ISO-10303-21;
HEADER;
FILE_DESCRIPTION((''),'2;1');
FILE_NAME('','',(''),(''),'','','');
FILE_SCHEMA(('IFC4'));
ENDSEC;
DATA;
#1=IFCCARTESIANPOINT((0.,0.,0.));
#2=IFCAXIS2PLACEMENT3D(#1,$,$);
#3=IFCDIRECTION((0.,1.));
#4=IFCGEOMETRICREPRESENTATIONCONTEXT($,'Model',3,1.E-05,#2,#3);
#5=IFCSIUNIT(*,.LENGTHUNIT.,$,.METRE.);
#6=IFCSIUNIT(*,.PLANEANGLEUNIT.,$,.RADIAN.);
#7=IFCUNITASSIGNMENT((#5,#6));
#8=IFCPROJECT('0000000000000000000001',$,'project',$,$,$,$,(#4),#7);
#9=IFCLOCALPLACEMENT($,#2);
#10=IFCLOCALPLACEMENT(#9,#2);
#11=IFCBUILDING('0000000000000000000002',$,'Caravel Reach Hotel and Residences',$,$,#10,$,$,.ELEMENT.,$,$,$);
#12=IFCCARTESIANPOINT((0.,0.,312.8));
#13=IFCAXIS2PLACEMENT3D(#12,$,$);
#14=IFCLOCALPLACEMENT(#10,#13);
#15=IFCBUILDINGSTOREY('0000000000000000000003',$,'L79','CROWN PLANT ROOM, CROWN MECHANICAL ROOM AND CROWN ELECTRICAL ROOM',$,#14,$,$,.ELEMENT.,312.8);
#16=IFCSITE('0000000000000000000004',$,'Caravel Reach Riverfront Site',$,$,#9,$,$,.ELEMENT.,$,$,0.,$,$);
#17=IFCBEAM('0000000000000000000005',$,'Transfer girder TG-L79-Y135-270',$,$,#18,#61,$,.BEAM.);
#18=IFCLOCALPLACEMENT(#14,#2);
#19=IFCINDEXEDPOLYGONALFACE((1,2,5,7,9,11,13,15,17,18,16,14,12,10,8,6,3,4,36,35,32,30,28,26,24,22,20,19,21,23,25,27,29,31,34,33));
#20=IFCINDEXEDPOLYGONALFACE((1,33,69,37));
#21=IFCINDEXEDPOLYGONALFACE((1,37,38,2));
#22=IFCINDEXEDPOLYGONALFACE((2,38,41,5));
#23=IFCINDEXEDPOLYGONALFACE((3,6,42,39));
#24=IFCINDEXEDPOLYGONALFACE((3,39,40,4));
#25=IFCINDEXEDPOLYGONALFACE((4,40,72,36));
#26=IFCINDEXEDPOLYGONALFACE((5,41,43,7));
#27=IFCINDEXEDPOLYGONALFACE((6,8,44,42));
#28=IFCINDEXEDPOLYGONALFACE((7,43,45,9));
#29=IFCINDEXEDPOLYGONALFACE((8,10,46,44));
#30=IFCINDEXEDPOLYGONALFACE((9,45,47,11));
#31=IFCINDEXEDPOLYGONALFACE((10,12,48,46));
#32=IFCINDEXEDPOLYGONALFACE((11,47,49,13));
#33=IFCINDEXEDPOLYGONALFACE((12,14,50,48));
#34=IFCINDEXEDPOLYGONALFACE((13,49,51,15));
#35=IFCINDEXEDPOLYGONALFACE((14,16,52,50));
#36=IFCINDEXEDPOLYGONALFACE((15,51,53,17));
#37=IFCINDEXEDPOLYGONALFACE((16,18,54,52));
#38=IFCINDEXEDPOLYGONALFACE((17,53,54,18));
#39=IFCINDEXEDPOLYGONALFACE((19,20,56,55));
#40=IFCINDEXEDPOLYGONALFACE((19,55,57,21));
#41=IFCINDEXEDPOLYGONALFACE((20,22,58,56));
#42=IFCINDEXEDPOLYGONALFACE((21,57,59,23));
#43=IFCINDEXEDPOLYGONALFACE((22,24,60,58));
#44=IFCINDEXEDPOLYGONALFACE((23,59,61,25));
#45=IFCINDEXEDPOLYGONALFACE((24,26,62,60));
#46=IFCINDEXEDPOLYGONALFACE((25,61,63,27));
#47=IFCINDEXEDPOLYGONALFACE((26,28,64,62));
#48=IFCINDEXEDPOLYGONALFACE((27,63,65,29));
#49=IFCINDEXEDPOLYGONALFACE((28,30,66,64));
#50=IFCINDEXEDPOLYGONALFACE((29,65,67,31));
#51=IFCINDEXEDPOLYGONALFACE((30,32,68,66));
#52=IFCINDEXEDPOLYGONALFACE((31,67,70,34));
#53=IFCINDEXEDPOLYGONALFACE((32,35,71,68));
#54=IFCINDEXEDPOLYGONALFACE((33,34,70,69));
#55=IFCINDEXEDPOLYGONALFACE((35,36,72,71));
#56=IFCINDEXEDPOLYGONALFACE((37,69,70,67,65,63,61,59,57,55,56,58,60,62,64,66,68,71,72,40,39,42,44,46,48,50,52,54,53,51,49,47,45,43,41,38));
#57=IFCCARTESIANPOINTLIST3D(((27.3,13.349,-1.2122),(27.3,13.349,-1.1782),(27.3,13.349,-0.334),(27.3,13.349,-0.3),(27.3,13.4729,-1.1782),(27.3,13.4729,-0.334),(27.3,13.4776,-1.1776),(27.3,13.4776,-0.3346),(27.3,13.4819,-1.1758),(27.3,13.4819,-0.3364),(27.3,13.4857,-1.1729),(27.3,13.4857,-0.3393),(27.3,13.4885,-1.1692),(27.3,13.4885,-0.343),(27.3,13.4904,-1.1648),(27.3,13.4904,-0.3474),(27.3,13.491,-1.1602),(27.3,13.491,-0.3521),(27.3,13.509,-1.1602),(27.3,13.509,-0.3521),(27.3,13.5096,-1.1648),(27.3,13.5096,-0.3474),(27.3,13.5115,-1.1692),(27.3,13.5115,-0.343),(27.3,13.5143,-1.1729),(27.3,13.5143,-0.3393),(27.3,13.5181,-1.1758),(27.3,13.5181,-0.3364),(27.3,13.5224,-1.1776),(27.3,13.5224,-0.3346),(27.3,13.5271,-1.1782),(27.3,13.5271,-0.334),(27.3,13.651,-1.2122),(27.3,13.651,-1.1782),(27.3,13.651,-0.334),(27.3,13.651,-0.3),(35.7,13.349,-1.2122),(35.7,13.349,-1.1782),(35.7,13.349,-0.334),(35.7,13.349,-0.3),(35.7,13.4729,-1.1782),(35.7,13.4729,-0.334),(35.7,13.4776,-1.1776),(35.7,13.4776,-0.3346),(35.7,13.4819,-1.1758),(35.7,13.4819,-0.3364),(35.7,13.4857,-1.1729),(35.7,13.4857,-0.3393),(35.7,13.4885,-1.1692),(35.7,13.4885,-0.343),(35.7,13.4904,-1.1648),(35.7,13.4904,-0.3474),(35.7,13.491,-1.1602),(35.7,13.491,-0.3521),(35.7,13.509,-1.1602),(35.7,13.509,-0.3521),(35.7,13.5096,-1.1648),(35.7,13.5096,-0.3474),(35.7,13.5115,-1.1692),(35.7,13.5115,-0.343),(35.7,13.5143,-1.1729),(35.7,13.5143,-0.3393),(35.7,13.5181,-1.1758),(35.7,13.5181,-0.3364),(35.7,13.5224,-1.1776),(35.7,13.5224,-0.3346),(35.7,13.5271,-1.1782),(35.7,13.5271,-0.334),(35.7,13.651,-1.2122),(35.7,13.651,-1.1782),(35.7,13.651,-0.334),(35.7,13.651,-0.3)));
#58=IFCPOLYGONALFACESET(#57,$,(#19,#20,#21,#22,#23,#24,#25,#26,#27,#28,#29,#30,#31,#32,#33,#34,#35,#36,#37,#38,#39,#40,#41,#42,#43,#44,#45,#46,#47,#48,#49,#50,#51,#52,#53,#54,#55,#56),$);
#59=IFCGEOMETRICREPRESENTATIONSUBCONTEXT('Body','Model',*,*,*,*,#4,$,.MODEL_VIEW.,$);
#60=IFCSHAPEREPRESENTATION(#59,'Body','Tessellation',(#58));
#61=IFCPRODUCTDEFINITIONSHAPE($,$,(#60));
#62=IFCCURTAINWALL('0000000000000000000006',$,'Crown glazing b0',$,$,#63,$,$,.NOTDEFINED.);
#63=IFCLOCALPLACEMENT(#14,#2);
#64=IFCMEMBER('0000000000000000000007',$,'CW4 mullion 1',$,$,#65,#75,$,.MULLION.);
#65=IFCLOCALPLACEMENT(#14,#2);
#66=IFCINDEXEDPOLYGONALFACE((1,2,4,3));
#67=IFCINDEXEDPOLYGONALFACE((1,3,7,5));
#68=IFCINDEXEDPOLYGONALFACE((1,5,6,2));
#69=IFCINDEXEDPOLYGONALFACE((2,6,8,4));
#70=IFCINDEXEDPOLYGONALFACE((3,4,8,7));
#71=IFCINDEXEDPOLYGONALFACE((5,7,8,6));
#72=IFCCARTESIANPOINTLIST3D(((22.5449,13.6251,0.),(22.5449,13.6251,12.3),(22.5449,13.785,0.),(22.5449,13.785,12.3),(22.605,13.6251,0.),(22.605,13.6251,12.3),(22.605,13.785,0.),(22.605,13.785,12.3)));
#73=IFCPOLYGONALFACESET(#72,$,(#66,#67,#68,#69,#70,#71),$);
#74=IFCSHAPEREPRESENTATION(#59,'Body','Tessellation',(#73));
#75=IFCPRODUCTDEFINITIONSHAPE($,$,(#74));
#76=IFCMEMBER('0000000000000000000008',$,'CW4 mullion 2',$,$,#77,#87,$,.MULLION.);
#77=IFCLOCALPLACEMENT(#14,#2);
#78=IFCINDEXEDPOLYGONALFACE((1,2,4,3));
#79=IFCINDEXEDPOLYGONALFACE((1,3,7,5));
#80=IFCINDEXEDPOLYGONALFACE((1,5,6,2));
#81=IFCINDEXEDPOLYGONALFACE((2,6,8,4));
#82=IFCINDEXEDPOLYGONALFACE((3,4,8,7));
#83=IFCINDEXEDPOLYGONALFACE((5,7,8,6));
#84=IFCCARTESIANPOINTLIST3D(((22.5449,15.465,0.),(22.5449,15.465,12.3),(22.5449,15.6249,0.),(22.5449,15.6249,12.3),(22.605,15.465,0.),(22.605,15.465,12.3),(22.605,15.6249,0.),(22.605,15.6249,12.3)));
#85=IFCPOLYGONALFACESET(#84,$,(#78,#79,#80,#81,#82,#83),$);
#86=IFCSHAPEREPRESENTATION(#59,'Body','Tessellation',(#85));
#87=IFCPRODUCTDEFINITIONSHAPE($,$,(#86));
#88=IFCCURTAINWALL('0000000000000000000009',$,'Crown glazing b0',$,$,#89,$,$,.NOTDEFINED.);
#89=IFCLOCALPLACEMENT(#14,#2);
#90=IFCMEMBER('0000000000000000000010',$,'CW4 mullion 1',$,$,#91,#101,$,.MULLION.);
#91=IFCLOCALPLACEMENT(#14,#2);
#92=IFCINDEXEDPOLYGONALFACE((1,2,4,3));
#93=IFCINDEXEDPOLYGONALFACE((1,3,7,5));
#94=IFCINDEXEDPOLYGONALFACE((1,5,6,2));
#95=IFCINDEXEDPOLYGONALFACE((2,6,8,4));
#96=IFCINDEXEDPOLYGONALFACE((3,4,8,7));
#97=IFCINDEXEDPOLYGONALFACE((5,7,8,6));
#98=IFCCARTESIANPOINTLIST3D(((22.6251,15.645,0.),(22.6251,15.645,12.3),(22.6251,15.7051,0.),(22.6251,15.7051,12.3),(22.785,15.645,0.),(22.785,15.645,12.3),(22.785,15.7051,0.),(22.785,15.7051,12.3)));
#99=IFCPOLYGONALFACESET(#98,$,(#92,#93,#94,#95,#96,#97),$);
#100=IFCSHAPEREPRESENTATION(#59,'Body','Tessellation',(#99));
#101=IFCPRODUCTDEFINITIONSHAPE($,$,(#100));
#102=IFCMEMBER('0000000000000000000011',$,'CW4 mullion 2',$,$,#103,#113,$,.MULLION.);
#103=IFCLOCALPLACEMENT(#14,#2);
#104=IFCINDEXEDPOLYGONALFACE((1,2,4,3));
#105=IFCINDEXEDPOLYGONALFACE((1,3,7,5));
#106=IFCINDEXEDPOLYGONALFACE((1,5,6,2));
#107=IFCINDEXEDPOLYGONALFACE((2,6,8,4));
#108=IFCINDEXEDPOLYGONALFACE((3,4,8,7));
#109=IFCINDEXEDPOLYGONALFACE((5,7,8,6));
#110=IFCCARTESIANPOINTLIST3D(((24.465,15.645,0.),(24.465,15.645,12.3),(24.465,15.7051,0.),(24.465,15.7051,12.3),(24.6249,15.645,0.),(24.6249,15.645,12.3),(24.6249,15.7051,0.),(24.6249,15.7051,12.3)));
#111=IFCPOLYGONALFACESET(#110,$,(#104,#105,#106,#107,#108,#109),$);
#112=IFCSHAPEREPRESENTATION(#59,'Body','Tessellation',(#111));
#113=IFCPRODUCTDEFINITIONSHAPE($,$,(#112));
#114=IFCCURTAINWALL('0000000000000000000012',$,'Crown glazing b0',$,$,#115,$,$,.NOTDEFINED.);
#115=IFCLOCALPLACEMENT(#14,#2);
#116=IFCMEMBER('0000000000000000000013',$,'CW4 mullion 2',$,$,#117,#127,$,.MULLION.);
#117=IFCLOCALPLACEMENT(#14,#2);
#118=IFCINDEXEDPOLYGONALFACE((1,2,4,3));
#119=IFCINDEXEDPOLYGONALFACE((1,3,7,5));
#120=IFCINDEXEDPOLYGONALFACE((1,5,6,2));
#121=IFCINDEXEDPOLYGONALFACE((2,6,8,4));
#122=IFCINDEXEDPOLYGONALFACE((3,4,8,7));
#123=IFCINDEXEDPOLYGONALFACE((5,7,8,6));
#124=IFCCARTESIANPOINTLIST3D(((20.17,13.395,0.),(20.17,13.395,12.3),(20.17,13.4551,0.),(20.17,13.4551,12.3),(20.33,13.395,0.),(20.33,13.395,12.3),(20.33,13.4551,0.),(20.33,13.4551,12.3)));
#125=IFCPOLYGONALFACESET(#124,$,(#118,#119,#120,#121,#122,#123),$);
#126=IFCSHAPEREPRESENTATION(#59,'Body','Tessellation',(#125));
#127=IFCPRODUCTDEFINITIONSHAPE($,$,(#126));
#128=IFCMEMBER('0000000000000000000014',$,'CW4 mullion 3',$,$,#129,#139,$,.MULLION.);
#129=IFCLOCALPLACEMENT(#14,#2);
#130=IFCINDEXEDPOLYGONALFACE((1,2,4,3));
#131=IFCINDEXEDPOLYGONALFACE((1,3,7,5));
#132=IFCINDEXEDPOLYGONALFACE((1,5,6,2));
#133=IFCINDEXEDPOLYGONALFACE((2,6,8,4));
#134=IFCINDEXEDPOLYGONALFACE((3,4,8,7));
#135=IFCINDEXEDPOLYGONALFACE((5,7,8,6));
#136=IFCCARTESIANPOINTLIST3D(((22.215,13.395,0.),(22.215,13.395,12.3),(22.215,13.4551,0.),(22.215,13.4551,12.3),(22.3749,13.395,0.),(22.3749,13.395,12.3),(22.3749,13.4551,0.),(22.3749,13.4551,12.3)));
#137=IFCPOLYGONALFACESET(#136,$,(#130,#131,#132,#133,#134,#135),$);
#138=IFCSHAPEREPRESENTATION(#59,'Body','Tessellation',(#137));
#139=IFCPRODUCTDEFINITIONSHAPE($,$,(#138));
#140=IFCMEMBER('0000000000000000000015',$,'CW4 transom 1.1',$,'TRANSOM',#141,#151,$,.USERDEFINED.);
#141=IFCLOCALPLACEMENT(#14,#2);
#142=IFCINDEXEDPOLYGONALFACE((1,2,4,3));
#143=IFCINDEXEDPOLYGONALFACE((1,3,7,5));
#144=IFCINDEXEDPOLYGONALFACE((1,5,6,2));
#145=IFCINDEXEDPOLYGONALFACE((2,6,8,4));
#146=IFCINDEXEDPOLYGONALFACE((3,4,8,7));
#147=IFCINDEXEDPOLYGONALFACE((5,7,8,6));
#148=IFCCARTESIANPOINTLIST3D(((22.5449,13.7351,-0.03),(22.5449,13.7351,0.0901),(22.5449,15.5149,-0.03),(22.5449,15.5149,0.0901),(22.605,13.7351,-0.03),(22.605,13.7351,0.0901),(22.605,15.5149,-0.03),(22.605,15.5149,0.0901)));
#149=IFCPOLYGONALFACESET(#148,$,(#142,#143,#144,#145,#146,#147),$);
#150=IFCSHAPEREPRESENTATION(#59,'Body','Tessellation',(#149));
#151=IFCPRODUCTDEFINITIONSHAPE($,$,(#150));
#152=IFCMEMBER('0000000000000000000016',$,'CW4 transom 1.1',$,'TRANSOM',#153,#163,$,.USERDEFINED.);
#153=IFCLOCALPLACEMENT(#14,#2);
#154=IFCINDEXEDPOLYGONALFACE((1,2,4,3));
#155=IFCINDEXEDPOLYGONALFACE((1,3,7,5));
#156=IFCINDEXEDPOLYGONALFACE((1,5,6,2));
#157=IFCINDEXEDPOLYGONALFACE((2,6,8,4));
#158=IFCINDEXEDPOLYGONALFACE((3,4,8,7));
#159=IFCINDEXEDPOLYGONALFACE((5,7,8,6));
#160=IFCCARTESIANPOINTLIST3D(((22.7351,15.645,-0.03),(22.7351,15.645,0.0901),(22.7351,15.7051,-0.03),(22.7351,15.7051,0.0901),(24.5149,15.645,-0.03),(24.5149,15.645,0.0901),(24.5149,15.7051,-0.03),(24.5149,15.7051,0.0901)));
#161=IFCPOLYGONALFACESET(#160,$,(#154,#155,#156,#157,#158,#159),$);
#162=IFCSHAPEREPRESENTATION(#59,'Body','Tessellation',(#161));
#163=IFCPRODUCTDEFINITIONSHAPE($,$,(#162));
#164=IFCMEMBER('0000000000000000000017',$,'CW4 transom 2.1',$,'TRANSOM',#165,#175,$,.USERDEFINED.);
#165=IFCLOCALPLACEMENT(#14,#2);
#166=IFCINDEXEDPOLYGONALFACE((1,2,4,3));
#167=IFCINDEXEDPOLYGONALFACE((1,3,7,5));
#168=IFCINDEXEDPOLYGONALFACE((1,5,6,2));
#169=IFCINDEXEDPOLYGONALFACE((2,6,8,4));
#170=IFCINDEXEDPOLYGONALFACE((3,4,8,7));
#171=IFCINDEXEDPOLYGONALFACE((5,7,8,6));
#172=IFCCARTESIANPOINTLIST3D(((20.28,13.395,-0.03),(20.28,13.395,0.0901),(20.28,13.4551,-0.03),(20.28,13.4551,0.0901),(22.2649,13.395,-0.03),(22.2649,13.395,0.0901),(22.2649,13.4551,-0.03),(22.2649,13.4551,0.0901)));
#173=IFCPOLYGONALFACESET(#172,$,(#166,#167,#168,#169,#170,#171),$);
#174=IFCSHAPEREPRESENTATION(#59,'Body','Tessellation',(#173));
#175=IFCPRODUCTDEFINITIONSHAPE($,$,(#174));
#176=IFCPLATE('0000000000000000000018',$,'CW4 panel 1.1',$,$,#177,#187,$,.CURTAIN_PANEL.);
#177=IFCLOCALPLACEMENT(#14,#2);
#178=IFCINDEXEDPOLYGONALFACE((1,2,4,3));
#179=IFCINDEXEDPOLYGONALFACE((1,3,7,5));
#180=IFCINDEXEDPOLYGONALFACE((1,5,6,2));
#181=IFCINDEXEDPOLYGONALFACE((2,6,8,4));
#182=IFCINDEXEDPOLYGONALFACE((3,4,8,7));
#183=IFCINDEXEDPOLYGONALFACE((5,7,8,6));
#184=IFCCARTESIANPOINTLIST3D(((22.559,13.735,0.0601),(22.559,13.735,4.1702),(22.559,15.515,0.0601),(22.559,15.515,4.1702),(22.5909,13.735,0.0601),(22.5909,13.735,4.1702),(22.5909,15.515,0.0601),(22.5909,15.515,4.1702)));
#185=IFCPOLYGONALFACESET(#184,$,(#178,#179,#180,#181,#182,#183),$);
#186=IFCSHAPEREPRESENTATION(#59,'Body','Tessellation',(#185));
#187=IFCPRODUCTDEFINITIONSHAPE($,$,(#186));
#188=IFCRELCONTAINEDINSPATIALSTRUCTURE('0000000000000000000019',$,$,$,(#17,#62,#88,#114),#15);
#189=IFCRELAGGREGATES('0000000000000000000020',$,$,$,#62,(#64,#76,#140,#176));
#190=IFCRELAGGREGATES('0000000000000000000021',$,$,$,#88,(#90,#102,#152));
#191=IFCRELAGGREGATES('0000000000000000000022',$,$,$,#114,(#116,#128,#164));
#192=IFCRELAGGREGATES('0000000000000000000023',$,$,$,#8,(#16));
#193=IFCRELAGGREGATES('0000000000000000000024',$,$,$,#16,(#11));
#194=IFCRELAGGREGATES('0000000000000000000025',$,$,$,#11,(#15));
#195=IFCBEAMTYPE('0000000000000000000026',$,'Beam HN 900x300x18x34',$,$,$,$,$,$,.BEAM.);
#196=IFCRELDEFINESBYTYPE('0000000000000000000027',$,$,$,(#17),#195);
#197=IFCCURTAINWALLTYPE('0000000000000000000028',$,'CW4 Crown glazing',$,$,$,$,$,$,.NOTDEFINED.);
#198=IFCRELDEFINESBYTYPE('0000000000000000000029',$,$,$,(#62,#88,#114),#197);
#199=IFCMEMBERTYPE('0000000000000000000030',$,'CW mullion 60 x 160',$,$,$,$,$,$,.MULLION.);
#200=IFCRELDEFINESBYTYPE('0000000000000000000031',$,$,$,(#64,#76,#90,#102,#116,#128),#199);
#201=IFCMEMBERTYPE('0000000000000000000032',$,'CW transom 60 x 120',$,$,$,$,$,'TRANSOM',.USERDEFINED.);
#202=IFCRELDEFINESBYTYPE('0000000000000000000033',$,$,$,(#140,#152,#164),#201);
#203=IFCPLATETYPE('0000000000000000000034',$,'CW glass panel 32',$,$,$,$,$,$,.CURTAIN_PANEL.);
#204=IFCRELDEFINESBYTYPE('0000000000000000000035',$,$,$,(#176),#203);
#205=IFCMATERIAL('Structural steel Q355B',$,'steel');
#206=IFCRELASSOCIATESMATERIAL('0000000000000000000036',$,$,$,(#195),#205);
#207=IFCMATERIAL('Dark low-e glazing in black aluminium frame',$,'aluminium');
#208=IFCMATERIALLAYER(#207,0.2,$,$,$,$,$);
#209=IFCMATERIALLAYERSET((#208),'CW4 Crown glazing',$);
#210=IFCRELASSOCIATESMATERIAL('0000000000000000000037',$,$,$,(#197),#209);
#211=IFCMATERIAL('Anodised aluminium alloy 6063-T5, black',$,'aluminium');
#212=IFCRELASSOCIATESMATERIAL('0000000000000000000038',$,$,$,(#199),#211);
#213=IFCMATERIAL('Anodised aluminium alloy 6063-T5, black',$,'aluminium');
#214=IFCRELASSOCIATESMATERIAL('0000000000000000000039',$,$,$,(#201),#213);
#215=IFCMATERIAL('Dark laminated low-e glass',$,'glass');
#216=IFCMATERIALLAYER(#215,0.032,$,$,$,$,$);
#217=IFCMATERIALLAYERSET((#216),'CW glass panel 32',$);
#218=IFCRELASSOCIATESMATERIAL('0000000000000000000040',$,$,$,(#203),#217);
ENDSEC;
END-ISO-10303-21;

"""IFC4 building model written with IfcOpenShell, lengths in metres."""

from ifc_helpers import new_model, si_unit, direction, frame, origin, origin_2d, place, context, subcontext, project, spatial, rectangle, i_section, extrude, material, layer, layer_set, material_profile, profile_set, type_object, element, aggregate, save


model = new_model("IFC4")

# Units and contexts
model_context = context("Model", 3, precision=1e-05, world=origin(), true_north=direction((0.0, 1.0)))
body_context = subcontext(model_context, "Body", "Model", "MODEL_VIEW")
ifc_project = project(units=[si_unit("LENGTHUNIT", "METRE"), si_unit("PLANEANGLEUNIT", "RADIAN")], contexts=[model_context])

# Site, building, storey
site_placement = place(None, origin())
site = spatial("IfcSite", under=ifc_project, at=site_placement, Name="Caravel Reach Riverfront Site", CompositionType="ELEMENT", RefElevation=0.0)
building_placement = place(site_placement, origin())
building = spatial("IfcBuilding", under=site, at=building_placement, Name="Caravel Reach Hotel and Residences", CompositionType="ELEMENT")
storey_placement = place(building_placement, frame((0.0, 0.0, 312.8)))
storey = spatial("IfcBuildingStorey", under=building, at=storey_placement, Name="L79", Description="CROWN PLANT ROOM, CROWN MECHANICAL ROOM AND CROWN ELECTRICAL ROOM", CompositionType="ELEMENT", Elevation=312.8)

# Beam
ifc_material_1 = material(Name="Structural steel Q355B", Category="steel")
ifc_material_profile_1 = material_profile(ifc_material_1, i_section(OverallWidth=0.302, OverallDepth=0.9121, WebThickness=0.0181, FlangeThickness=0.0339, FilletRadius=0.0181, at=origin_2d()), Name="HN 900x300x18x34")
ifc_profile_set_1 = profile_set([ifc_material_profile_1], Name="Structural steel Q355B")
beam_type = type_object("IfcBeamType", Name="Beam HN 900x300x18x34", PredefinedType="BEAM", material=ifc_profile_set_1)
for number, where, z_axis, x_axis, name in (
    (1, (27.3, 13.5, -0.7561), (1.0, 0.0, 0.0), (0.0, 1.0, 0.0), "Transfer girder TG-L79-Y135-270"),
):
    element("IfcBeam", number, at=place(storey_placement, frame(where, z_axis=z_axis, x_axis=x_axis)), inside=storey, type_object=beam_type, Name=name, PredefinedType="BEAM", context=body_context, shape_type="SweptSolid", body=[
        extrude(i_section(OverallWidth=0.302, OverallDepth=0.9121, WebThickness=0.0181, FlangeThickness=0.0339, FilletRadius=0.0181, at=origin_2d()), origin(), (0.0, 0.0, 1.0), 8.3999),
    ])

# Curtain walls, members
ifc_material_2 = material(Name="Dark low-e glazing in black aluminium frame", Category="aluminium")
ifc_layer_1 = layer(ifc_material_2, 0.2)
ifc_layer_set_1 = layer_set([ifc_layer_1], Name="CW4 Crown glazing")
curtain_wall_type = type_object("IfcCurtainWallType", Name="CW4 Crown glazing", PredefinedType="NOTDEFINED", material=ifc_layer_set_1)
curtain_wall_1_placement = place(storey_placement, origin())
curtain_wall_1 = element("IfcCurtainWall", 2, at=curtain_wall_1_placement, inside=storey, type_object=curtain_wall_type, Name="Crown glazing b0", PredefinedType="NOTDEFINED")
ifc_material_3 = material(Name="Anodised aluminium alloy 6063-T5, black", Category="aluminium")
ifc_material_profile_2 = material_profile(ifc_material_3, rectangle(XDim=0.0601, YDim=0.1599, at=origin_2d()), Name="CW mullion 60 x 160")
ifc_profile_set_2 = profile_set([ifc_material_profile_2], Name="Anodised aluminium alloy 6063-T5, black")
member_type_1 = type_object("IfcMemberType", Name="CW mullion 60 x 160", PredefinedType="MULLION", material=ifc_profile_set_2)
member_1_placement = place(storey_placement, frame((22.575, 13.7051, 0.0), z_axis=(0.0, 0.0, 1.0), x_axis=(-1.0, 0.0, 0.0)))
member_1 = element("IfcMember", 3, at=member_1_placement, type_object=member_type_1, Name="CW4 mullion 1", PredefinedType="MULLION", context=body_context, shape_type="SweptSolid", body=[
    extrude(rectangle(XDim=0.0601, YDim=0.1599, at=origin_2d()), origin(), (0.0, 0.0, 1.0), 12.3),
])
member_2_placement = place(storey_placement, frame((22.575, 15.5449, 0.0), z_axis=(0.0, 0.0, 1.0), x_axis=(-1.0, 0.0, 0.0)))
member_2 = element("IfcMember", 4, at=member_2_placement, type_object=member_type_1, Name="CW4 mullion 2", PredefinedType="MULLION", context=body_context, shape_type="SweptSolid", body=[
    extrude(rectangle(XDim=0.0601, YDim=0.1599, at=origin_2d()), origin(), (0.0, 0.0, 1.0), 12.3),
])
curtain_wall_2_placement = place(storey_placement, origin())
curtain_wall_2 = element("IfcCurtainWall", 5, at=curtain_wall_2_placement, inside=storey, type_object=curtain_wall_type, Name="Crown glazing b0", PredefinedType="NOTDEFINED")
member_3_placement = place(storey_placement, frame((22.7051, 15.675, 0.0), z_axis=(0.0, 0.0, 1.0), x_axis=(0.0, 1.0, 0.0)))
member_3 = element("IfcMember", 6, at=member_3_placement, type_object=member_type_1, Name="CW4 mullion 1", PredefinedType="MULLION", context=body_context, shape_type="SweptSolid", body=[
    extrude(rectangle(XDim=0.0601, YDim=0.1599, at=origin_2d()), origin(), (0.0, 0.0, 1.0), 12.3),
])
member_4_placement = place(storey_placement, frame((24.5449, 15.675, 0.0), z_axis=(0.0, 0.0, 1.0), x_axis=(0.0, 1.0, 0.0)))
member_4 = element("IfcMember", 7, at=member_4_placement, type_object=member_type_1, Name="CW4 mullion 2", PredefinedType="MULLION", context=body_context, shape_type="SweptSolid", body=[
    extrude(rectangle(XDim=0.0601, YDim=0.1599, at=origin_2d()), origin(), (0.0, 0.0, 1.0), 12.3),
])
curtain_wall_3_placement = place(storey_placement, origin())
curtain_wall_3 = element("IfcCurtainWall", 8, at=curtain_wall_3_placement, inside=storey, type_object=curtain_wall_type, Name="Crown glazing b0", PredefinedType="NOTDEFINED")
member_5_placement = place(storey_placement, frame((20.25, 13.425, 0.0), z_axis=(0.0, 0.0, 1.0), x_axis=(0.0, 1.0, 0.0)))
member_5 = element("IfcMember", 9, at=member_5_placement, type_object=member_type_1, Name="CW4 mullion 2", PredefinedType="MULLION", context=body_context, shape_type="SweptSolid", body=[
    extrude(rectangle(XDim=0.0601, YDim=0.1599, at=origin_2d()), origin(), (0.0, 0.0, 1.0), 12.3),
])
member_6_placement = place(storey_placement, frame((22.2949, 13.425, 0.0), z_axis=(0.0, 0.0, 1.0), x_axis=(0.0, 1.0, 0.0)))
member_6 = element("IfcMember", 10, at=member_6_placement, type_object=member_type_1, Name="CW4 mullion 3", PredefinedType="MULLION", context=body_context, shape_type="SweptSolid", body=[
    extrude(rectangle(XDim=0.0601, YDim=0.1599, at=origin_2d()), origin(), (0.0, 0.0, 1.0), 12.3),
])

# Members
ifc_material_4 = material(Name="Anodised aluminium alloy 6063-T5, black", Category="aluminium")
ifc_material_profile_3 = material_profile(ifc_material_4, rectangle(XDim=0.0601, YDim=0.1201, at=origin_2d()), Name="CW transom 60 x 120")
ifc_profile_set_3 = profile_set([ifc_material_profile_3], Name="Anodised aluminium alloy 6063-T5, black")
member_type_2 = type_object("IfcMemberType", Name="CW transom 60 x 120", ElementType="TRANSOM", PredefinedType="USERDEFINED", material=ifc_profile_set_3)
member_7_placement = place(storey_placement, frame((22.575, 13.7351, 0.03), z_axis=(0.0, 1.0, 0.0), x_axis=(-1.0, 0.0, 0.0)))
member_7 = element("IfcMember", 11, at=member_7_placement, type_object=member_type_2, Name="CW4 transom 1.1", ObjectType="TRANSOM", PredefinedType="USERDEFINED", context=body_context, shape_type="SweptSolid", body=[
    extrude(rectangle(XDim=0.0601, YDim=0.1201, at=origin_2d()), origin(), (0.0, 0.0, 1.0), 1.7798),
])
member_8_placement = place(storey_placement, frame((22.7351, 15.675, 0.03), z_axis=(1.0, 0.0, 0.0), x_axis=(0.0, 1.0, 0.0)))
member_8 = element("IfcMember", 12, at=member_8_placement, type_object=member_type_2, Name="CW4 transom 1.1", ObjectType="TRANSOM", PredefinedType="USERDEFINED", context=body_context, shape_type="SweptSolid", body=[
    extrude(rectangle(XDim=0.0601, YDim=0.1201, at=origin_2d()), origin(), (0.0, 0.0, 1.0), 1.7798),
])
member_9_placement = place(storey_placement, frame((20.28, 13.425, 0.03), z_axis=(1.0, 0.0, 0.0), x_axis=(0.0, 1.0, 0.0)))
member_9 = element("IfcMember", 13, at=member_9_placement, type_object=member_type_2, Name="CW4 transom 2.1", ObjectType="TRANSOM", PredefinedType="USERDEFINED", context=body_context, shape_type="SweptSolid", body=[
    extrude(rectangle(XDim=0.0601, YDim=0.1201, at=origin_2d()), origin(), (0.0, 0.0, 1.0), 1.9849),
])

# Plate
ifc_material_5 = material(Name="Dark laminated low-e glass", Category="glass")
ifc_layer_2 = layer(ifc_material_5, 0.032)
ifc_layer_set_2 = layer_set([ifc_layer_2], Name="CW glass panel 32")
plate_type = type_object("IfcPlateType", Name="CW glass panel 32", PredefinedType="CURTAIN_PANEL", material=ifc_layer_set_2)
plate_1_placement = place(storey_placement, frame((22.575, 14.625, 0.0601), z_axis=(0.0, 0.0, 1.0), x_axis=(0.0, 1.0, 0.0)))
plate_1 = element("IfcPlate", 14, at=plate_1_placement, type_object=plate_type, Name="CW4 panel 1.1", PredefinedType="CURTAIN_PANEL", context=body_context, shape_type="SweptSolid", body=[
    extrude(rectangle(XDim=1.78, YDim=0.032, at=origin_2d()), origin(), (0.0, 0.0, 1.0), 4.1101),
])
aggregate(curtain_wall_1, [member_1, member_2, member_7, plate_1])
aggregate(curtain_wall_2, [member_3, member_4, member_8])
aggregate(curtain_wall_3, [member_5, member_6, member_9])

save(model, "model.ifc")
